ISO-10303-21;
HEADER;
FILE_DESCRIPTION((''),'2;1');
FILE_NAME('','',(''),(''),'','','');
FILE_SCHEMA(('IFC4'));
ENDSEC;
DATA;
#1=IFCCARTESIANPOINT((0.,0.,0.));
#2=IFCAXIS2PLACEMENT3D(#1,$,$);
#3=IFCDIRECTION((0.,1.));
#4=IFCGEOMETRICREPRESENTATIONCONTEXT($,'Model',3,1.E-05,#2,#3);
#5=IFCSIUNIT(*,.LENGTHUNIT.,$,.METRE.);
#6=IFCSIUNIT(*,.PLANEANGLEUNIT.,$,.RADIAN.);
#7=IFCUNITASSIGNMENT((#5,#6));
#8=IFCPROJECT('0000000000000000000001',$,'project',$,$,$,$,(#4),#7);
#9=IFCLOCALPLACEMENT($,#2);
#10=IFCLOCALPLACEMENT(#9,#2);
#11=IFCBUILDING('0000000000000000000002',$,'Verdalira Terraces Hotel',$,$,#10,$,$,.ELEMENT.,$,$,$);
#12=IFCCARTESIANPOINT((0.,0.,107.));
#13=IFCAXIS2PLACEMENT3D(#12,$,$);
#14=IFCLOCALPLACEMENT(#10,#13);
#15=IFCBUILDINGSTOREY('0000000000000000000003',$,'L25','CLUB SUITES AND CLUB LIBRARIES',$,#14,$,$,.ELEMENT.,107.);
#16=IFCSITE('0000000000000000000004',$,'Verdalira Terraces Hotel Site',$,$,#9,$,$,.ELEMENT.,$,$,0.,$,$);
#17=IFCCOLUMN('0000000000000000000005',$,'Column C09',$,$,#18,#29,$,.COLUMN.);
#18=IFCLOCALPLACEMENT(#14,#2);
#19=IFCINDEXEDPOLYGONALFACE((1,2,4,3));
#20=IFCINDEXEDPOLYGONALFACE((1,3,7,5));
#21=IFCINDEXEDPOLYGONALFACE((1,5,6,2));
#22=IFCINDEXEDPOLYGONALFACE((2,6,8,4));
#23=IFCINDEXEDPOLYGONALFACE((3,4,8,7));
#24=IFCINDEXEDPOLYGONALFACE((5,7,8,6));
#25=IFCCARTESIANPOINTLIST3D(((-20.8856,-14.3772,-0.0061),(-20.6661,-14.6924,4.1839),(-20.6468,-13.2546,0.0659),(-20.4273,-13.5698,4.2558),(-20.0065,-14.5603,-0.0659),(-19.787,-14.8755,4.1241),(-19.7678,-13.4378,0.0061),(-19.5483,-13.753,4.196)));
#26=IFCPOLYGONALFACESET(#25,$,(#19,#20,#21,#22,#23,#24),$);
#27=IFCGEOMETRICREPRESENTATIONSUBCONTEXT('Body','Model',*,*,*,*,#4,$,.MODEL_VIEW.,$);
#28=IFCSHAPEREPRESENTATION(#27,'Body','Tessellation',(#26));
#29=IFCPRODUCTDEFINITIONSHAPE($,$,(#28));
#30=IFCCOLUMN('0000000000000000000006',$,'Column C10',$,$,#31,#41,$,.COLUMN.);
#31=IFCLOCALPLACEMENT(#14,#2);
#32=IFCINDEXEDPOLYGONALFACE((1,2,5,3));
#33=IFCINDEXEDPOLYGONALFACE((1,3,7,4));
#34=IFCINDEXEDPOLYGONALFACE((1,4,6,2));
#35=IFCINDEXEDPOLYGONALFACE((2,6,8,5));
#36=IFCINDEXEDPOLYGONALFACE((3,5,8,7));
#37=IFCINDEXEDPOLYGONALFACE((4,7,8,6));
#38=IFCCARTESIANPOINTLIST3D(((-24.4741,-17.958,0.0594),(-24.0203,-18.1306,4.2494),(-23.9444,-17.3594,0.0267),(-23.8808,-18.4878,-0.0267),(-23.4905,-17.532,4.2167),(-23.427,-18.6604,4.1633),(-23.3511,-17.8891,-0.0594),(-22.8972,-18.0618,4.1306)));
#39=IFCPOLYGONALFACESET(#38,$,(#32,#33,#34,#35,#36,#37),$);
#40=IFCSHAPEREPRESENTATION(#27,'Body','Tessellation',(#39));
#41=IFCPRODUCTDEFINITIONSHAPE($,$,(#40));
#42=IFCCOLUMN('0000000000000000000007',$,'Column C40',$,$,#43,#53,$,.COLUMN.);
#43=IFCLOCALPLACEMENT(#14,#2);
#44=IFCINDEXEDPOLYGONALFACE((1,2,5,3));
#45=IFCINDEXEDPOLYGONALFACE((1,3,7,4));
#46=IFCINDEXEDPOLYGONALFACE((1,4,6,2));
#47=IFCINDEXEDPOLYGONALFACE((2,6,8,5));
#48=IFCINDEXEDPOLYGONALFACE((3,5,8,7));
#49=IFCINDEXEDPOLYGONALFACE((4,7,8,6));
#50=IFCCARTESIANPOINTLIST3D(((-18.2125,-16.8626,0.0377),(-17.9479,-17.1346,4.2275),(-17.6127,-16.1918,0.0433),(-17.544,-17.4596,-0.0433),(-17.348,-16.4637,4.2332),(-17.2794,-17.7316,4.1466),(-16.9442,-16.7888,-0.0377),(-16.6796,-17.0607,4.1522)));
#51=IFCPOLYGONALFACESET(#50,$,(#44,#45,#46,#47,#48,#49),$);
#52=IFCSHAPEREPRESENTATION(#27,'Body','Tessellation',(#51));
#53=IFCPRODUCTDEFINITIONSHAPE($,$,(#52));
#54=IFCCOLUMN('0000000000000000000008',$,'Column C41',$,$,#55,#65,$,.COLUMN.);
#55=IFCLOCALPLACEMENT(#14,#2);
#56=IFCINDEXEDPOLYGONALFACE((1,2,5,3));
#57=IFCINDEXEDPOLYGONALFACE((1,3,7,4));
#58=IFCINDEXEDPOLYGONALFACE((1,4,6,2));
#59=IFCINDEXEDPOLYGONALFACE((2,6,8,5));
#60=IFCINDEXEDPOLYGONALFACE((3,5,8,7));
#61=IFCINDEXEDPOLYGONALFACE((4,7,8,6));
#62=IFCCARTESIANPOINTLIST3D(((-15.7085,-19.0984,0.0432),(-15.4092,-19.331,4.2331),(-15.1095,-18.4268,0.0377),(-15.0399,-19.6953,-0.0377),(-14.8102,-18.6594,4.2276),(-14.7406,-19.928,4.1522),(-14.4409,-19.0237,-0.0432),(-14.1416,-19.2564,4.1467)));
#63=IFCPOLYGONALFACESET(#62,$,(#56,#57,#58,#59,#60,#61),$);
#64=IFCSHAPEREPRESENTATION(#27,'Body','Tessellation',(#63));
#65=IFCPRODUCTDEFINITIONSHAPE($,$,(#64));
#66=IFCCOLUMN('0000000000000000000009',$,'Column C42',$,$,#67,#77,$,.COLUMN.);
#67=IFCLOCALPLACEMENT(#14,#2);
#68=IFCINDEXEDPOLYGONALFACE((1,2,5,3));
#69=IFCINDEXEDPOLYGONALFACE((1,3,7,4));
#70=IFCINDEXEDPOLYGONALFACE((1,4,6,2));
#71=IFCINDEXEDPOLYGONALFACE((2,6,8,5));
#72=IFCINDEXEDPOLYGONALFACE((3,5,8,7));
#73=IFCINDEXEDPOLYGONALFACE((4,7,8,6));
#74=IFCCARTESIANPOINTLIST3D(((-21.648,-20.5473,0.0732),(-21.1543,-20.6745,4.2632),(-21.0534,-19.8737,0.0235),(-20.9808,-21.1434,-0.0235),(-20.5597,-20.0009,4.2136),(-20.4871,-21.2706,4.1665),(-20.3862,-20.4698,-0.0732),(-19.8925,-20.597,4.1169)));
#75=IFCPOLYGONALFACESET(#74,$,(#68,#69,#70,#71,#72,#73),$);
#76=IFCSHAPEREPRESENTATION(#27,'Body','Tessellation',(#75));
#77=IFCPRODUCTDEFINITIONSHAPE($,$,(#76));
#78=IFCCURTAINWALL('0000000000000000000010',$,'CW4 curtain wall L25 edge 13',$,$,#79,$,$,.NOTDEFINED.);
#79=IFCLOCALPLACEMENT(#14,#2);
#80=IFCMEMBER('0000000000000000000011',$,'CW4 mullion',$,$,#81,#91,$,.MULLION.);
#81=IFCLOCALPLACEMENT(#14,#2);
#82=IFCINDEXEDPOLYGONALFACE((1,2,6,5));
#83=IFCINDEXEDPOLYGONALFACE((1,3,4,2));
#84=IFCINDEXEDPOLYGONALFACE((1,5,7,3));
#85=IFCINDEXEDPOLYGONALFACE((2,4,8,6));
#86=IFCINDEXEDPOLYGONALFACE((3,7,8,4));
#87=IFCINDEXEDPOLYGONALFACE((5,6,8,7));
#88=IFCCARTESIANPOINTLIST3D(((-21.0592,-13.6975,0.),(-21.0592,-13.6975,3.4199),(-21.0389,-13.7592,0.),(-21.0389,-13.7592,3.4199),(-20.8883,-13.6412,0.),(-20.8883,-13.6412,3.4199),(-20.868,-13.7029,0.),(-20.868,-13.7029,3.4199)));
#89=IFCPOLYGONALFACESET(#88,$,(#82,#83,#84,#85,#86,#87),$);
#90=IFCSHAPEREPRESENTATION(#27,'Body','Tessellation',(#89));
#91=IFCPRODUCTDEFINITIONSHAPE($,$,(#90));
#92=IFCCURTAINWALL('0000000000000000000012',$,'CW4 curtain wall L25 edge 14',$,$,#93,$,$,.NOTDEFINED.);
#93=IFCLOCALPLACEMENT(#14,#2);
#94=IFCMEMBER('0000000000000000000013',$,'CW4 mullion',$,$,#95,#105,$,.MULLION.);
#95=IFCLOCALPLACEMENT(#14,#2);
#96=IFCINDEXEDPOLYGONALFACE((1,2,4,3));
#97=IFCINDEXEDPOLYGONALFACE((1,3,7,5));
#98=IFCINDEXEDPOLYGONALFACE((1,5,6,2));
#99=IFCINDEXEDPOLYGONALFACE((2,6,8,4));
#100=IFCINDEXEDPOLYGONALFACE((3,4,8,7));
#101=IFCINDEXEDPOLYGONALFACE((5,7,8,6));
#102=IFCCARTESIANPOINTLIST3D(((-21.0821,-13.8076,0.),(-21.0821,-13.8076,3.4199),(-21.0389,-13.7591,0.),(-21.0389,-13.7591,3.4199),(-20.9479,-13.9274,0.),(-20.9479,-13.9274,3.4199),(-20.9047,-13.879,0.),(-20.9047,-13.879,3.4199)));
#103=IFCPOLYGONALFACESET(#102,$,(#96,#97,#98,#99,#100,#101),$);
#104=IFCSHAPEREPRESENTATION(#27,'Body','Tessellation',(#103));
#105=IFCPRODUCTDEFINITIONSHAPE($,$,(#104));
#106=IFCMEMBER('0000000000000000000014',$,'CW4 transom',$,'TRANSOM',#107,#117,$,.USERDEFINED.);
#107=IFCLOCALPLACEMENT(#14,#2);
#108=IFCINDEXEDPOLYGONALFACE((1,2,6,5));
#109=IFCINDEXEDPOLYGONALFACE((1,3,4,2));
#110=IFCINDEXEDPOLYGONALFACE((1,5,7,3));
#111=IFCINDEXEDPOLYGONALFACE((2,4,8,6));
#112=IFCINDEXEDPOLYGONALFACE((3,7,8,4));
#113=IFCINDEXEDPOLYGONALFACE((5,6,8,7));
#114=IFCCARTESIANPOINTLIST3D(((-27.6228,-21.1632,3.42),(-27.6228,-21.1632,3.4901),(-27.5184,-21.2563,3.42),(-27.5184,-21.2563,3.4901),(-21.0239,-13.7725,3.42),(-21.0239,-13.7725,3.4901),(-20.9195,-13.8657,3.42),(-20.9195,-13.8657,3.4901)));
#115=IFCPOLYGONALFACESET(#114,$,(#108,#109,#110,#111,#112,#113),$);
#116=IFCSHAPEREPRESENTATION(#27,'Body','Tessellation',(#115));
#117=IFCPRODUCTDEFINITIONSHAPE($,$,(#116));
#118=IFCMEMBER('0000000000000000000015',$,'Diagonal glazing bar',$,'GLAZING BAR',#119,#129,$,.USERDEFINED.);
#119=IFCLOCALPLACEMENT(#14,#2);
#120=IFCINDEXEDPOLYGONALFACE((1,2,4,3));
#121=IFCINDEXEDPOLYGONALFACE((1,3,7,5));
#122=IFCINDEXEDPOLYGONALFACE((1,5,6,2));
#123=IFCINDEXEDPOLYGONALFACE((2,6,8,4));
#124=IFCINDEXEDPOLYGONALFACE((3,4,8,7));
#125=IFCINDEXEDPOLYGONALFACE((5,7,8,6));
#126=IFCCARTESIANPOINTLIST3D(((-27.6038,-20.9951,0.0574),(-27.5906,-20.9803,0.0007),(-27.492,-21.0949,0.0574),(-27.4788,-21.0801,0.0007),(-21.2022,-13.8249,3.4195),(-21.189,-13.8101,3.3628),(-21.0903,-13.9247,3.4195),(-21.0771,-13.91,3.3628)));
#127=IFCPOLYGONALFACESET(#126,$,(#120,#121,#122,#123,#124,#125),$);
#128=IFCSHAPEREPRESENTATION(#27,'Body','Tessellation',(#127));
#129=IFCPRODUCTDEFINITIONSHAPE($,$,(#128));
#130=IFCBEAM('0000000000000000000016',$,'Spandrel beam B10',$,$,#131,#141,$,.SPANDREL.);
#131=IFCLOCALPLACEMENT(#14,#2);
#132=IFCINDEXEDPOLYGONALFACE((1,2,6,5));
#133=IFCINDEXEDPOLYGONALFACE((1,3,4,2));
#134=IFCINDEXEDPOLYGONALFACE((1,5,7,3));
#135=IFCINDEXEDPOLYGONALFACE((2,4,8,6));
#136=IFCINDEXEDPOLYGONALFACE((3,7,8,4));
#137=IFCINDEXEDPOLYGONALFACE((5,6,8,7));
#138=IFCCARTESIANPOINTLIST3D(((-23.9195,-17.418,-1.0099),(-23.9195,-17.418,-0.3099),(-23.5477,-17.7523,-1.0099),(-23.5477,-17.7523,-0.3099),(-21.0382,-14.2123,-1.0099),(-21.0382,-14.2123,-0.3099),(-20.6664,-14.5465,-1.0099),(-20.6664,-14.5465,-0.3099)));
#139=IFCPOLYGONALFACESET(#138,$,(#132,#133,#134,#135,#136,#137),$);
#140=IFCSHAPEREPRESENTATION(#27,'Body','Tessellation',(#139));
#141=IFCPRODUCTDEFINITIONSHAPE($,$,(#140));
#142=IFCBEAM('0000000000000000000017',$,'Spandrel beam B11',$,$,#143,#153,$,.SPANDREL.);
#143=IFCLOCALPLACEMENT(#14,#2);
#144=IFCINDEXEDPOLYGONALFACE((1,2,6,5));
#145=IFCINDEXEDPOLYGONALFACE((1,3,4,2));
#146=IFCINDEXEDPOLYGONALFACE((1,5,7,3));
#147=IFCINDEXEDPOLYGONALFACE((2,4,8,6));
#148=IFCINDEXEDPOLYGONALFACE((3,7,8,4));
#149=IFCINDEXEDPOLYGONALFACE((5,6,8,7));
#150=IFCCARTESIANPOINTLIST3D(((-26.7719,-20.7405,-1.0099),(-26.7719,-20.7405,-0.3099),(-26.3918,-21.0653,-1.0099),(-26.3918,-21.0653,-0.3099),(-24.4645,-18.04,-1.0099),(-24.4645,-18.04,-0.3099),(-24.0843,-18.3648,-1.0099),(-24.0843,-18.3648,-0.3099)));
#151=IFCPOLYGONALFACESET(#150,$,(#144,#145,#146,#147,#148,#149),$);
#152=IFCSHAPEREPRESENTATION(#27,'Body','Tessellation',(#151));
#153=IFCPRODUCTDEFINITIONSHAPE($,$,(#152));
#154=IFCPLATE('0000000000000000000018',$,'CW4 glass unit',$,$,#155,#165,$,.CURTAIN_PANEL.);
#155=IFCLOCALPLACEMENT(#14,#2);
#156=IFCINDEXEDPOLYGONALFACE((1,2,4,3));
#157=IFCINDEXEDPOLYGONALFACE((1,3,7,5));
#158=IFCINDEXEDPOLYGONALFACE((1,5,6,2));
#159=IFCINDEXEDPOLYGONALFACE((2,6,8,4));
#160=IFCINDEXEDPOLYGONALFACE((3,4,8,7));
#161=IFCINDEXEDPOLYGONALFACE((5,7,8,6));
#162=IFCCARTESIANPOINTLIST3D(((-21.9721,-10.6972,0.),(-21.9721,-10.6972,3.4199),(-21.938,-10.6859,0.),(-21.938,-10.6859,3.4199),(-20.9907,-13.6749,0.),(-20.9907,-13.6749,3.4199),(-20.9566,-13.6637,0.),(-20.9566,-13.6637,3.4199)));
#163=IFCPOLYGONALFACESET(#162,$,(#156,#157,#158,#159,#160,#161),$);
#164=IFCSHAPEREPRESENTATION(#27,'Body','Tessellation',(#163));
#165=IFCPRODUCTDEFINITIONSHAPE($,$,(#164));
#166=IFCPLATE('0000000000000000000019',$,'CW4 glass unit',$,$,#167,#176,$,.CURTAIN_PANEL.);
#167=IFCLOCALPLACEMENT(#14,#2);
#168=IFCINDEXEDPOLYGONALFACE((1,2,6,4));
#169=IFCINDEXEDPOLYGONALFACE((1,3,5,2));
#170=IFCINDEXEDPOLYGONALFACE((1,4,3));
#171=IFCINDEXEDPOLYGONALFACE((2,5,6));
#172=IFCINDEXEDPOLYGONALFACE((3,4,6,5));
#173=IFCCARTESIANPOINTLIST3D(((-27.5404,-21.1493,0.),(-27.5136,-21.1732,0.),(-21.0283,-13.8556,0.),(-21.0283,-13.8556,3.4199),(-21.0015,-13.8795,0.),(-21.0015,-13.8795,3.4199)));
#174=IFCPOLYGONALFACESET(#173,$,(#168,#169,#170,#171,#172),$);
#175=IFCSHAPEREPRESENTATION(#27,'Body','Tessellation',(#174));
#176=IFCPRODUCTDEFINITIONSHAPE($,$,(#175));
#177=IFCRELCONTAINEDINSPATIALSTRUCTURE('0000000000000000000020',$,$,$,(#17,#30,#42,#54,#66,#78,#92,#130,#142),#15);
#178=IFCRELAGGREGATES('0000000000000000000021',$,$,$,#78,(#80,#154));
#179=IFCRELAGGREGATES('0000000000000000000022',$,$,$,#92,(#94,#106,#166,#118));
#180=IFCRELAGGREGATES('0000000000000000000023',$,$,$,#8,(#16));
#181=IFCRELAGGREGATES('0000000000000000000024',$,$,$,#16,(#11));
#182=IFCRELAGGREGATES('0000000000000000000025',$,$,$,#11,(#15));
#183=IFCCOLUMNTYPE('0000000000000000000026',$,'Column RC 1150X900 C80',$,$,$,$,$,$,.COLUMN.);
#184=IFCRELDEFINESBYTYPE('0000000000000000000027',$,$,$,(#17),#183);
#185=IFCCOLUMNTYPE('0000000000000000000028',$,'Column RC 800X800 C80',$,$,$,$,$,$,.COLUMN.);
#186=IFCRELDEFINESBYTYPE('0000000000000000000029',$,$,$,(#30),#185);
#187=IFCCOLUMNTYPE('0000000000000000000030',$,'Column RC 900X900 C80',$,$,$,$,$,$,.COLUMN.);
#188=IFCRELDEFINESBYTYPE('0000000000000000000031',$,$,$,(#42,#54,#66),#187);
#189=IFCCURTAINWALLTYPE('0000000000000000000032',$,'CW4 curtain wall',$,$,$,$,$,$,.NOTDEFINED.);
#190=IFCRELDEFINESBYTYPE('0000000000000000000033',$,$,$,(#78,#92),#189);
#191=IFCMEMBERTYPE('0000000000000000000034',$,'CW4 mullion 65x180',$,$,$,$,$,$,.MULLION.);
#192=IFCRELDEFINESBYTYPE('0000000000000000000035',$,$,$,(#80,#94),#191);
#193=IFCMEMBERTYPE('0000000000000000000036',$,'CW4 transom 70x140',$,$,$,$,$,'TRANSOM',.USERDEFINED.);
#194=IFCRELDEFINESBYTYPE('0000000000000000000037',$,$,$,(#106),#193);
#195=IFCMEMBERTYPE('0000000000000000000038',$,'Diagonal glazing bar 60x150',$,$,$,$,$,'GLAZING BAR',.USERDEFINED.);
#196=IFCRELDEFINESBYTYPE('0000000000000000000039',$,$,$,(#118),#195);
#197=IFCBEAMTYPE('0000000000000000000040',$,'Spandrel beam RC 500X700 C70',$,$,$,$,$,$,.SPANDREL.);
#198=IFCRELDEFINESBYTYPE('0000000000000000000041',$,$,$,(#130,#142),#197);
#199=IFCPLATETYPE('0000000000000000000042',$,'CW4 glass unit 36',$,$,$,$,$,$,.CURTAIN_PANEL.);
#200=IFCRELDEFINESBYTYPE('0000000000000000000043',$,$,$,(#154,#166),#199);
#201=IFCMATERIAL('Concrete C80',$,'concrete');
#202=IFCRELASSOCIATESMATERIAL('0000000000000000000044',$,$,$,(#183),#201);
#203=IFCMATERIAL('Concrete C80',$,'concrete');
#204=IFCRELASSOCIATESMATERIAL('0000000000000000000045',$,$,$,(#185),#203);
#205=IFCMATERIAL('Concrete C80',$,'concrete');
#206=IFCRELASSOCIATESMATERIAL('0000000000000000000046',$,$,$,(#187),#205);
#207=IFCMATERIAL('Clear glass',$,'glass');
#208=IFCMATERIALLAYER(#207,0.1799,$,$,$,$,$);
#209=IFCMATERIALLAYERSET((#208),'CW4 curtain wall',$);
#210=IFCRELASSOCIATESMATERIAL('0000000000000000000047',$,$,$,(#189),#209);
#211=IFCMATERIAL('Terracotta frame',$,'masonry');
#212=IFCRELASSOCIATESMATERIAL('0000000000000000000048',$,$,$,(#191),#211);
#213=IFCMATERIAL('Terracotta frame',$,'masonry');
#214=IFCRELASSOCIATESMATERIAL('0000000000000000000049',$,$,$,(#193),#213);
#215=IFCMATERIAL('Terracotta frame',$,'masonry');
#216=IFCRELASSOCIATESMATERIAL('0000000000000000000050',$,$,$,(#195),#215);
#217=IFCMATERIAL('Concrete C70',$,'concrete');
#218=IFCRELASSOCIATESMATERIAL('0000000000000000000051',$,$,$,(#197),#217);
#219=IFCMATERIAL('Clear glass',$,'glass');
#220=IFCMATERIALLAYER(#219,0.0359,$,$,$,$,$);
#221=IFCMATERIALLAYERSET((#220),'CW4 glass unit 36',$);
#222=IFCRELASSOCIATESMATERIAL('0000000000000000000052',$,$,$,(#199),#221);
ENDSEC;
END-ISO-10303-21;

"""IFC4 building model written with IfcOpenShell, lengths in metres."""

from ifc_helpers import new_model, si_unit, direction, frame, origin, origin_2d, place, context, subcontext, project, spatial, polyline, rectangle, outline, extrude, material, layer, layer_set, material_profile, profile_set, type_object, element, aggregate, save


model = new_model("IFC4")

# Units and contexts
model_context = context("Model", 3, precision=1e-05, world=origin(), true_north=direction((0.0, 1.0)))
body_context = subcontext(model_context, "Body", "Model", "MODEL_VIEW")
ifc_project = project(units=[si_unit("LENGTHUNIT", "METRE"), si_unit("PLANEANGLEUNIT", "RADIAN")], contexts=[model_context])

# Site, building, storey
site_placement = place(None, origin())
site = spatial("IfcSite", under=ifc_project, at=site_placement, Name="Verdalira Terraces Hotel Site", CompositionType="ELEMENT", RefElevation=0.0)
building_placement = place(site_placement, origin())
building = spatial("IfcBuilding", under=site, at=building_placement, Name="Verdalira Terraces Hotel", CompositionType="ELEMENT")
storey_placement = place(building_placement, frame((0.0, 0.0, 107.0)))
storey = spatial("IfcBuildingStorey", under=building, at=storey_placement, Name="L25", Description="CLUB SUITES AND CLUB LIBRARIES", CompositionType="ELEMENT", Elevation=107.0)

# Columns
ifc_material_1 = material(Name="Concrete C80", Category="concrete")
ifc_material_profile_1 = material_profile(ifc_material_1, rectangle(XDim=1.1499, YDim=0.8999, at=origin_2d()), Name="RC 1150X900")
ifc_profile_set_1 = profile_set([ifc_material_profile_1], Name="Concrete C80")
column_type_1 = type_object("IfcColumnType", Name="Column RC 1150X900 C80", PredefinedType="COLUMN", material=ifc_profile_set_1)
column_1_placement = place(storey_placement, frame((-20.3267, -13.9075, 0.0), z_axis=(0.052164, -0.07491, 0.995825), x_axis=(0.207629, 0.976205, 0.062558)))
element("IfcColumn", 1, at=column_1_placement, inside=storey, type_object=column_type_1, Name="Column C09", PredefinedType="COLUMN", context=body_context, shape_type="SweptSolid", body=[
    extrude(rectangle(XDim=1.1499, YDim=0.8999, at=origin_2d()), origin(), (0.0, 0.0, 1.0), 4.2075),
])
ifc_material_2 = material(Name="Concrete C80", Category="concrete")
ifc_material_profile_2 = material_profile(ifc_material_2, rectangle(XDim=0.8, YDim=0.8, at=origin_2d()), Name="RC 800X800")
ifc_profile_set_2 = profile_set([ifc_material_profile_2], Name="Concrete C80")
column_type_2 = type_object("IfcColumnType", Name="Column RC 800X800 C80", PredefinedType="COLUMN", material=ifc_profile_set_2)
column_2_placement = place(storey_placement, frame((-23.9126, -17.9236, 0.0), z_axis=(0.107601, -0.040922, 0.993352), x_axis=(-0.662156, -0.748249, 0.040901)))
element("IfcColumn", 2, at=column_2_placement, inside=storey, type_object=column_type_2, Name="Column C10", PredefinedType="COLUMN", context=body_context, shape_type="SweptSolid", body=[
    extrude(rectangle(XDim=0.8, YDim=0.8, at=origin_2d()), origin(), (0.0, 0.0, 1.0), 4.218),
])
ifc_material_3 = material(Name="Concrete C80", Category="concrete")
ifc_material_profile_3 = material_profile(ifc_material_3, rectangle(XDim=0.8999, YDim=0.8999, at=origin_2d()), Name="RC 900X900")
ifc_profile_set_3 = profile_set([ifc_material_profile_3], Name="Concrete C80")
column_type_3 = type_object("IfcColumnType", Name="Column RC 900X900 C80", PredefinedType="COLUMN", material=ifc_profile_set_3)
for number, where, z_axis, x_axis, name in (
    (3, (-17.5784, -16.8257, 0.0), (0.062905, -0.064646, 0.995924), (-0.666531, -0.745451, -0.006288), "Column C40"),
    (4, (-15.0747, -19.061, 0.0), (0.071146, -0.055304, 0.995932), (-0.665582, -0.7463, 0.006105), "Column C41"),
):
    element("IfcColumn", number, at=place(storey_placement, frame(where, z_axis=z_axis, x_axis=x_axis)), inside=storey, type_object=column_type_3, Name=name, PredefinedType="COLUMN", context=body_context, shape_type="SweptSolid", body=[
        extrude(rectangle(XDim=0.8999, YDim=0.8999, at=origin_2d()), origin(), (0.0, 0.0, 1.0), 4.207),
    ])
column_3_placement = place(storey_placement, frame((-21.0171, -20.5085, 0.0), z_axis=(0.116956, -0.030136, 0.99268), x_axis=(-0.66076, -0.748571, 0.055125)))
element("IfcColumn", 5, at=column_3_placement, inside=storey, type_object=column_type_3, Name="Column C42", PredefinedType="COLUMN", context=body_context, shape_type="SweptSolid", body=[
    extrude(rectangle(XDim=0.8999, YDim=0.8999, at=origin_2d()), origin(), (0.0, 0.0, 1.0), 4.2209),
])

# Curtain wall, member
ifc_material_4 = material(Name="Clear glass", Category="glass")
ifc_layer_1 = layer(ifc_material_4, 0.1799)
ifc_layer_set_1 = layer_set([ifc_layer_1], Name="CW4 curtain wall")
curtain_wall_type = type_object("IfcCurtainWallType", Name="CW4 curtain wall", PredefinedType="NOTDEFINED", material=ifc_layer_set_1)
curtain_wall_1_placement = place(storey_placement, origin())
curtain_wall_1 = element("IfcCurtainWall", 6, at=curtain_wall_1_placement, inside=storey, type_object=curtain_wall_type, Name="CW4 curtain wall L25 edge 13", PredefinedType="NOTDEFINED")
ifc_material_5 = material(Name="Terracotta frame", Category="masonry")
ifc_material_profile_4 = material_profile(ifc_material_5, rectangle(XDim=0.0649, YDim=0.1799, at=origin_2d()), Name="MU 65x180")
ifc_profile_set_4 = profile_set([ifc_material_profile_4], Name="Terracotta frame")
member_type_1 = type_object("IfcMemberType", Name="CW4 mullion 65x180", PredefinedType="MULLION", material=ifc_profile_set_4)
member_1_placement = place(storey_placement, frame((-20.9636, -13.7002, 0.0), z_axis=(0.0, 0.0, 1.0), x_axis=(0.312998, -0.949754, 0.0)))
member_1 = element("IfcMember", 7, at=member_1_placement, type_object=member_type_1, Name="CW4 mullion", PredefinedType="MULLION", context=body_context, shape_type="SweptSolid", body=[
    extrude(rectangle(XDim=0.0649, YDim=0.1799, at=origin_2d()), origin(), (0.0, 0.0, 1.0), 3.4199),
])

# Curtain wall, members
curtain_wall_2_placement = place(storey_placement, origin())
curtain_wall_2 = element("IfcCurtainWall", 8, at=curtain_wall_2_placement, inside=storey, type_object=curtain_wall_type, Name="CW4 curtain wall L25 edge 14", PredefinedType="NOTDEFINED")
member_2_placement = place(storey_placement, frame((-20.9934, -13.8433, 0.0), z_axis=(0.0, 0.0, 1.0), x_axis=(-0.666012, -0.745941, 0.0)))
member_2 = element("IfcMember", 9, at=member_2_placement, type_object=member_type_1, Name="CW4 mullion", PredefinedType="MULLION", context=body_context, shape_type="SweptSolid", body=[
    extrude(rectangle(XDim=0.0649, YDim=0.1799, at=origin_2d()), origin(), (0.0, 0.0, 1.0), 3.4199),
])
ifc_material_6 = material(Name="Terracotta frame", Category="masonry")
ifc_material_profile_5 = material_profile(ifc_material_6, rectangle(XDim=0.1399, YDim=0.0701, at=origin_2d()), Name="TR 70x140")
ifc_profile_set_5 = profile_set([ifc_material_profile_5], Name="Terracotta frame")
member_type_2 = type_object("IfcMemberType", Name="CW4 transom 70x140", ElementType="TRANSOM", PredefinedType="USERDEFINED", material=ifc_profile_set_5)
member_3_placement = place(storey_placement, frame((-20.9717, -13.8191, 3.4551), z_axis=(-0.666022, -0.745932, 0.0), x_axis=(0.745932, -0.666022, 0.0)))
member_3 = element("IfcMember", 10, at=member_3_placement, type_object=member_type_2, Name="CW4 transom", ObjectType="TRANSOM", PredefinedType="USERDEFINED", context=body_context, shape_type="SweptSolid", body=[
    extrude(rectangle(XDim=0.1399, YDim=0.0701, at=origin_2d()), origin(), (0.0, 0.0, 1.0), 9.908),
])
ifc_material_7 = material(Name="Terracotta frame", Category="masonry")
ifc_material_profile_6 = material_profile(ifc_material_7, rectangle(XDim=0.1499, YDim=0.0601, at=origin_2d()), Name="GB 60x150")
ifc_profile_set_6 = profile_set([ifc_material_profile_6], Name="Terracotta frame")
member_type_3 = type_object("IfcMemberType", Name="Diagonal glazing bar 60x150", ElementType="GLAZING BAR", PredefinedType="USERDEFINED", material=ifc_profile_set_6)
member_4_placement = place(storey_placement, frame((-21.1396, -13.8674, 3.3911), z_axis=(-0.628651, -0.704125, -0.330161), x_axis=(0.745954, -0.665997, 0.0)))
member_4 = element("IfcMember", 11, at=member_4_placement, type_object=member_type_3, Name="Diagonal glazing bar", ObjectType="GLAZING BAR", PredefinedType="USERDEFINED", context=body_context, shape_type="SweptSolid", body=[
    extrude(rectangle(XDim=0.1499, YDim=0.0601, at=origin_2d()), origin(), (0.0, 0.0, 1.0), 10.1831),
])

# Beams
ifc_material_8 = material(Name="Concrete C70", Category="concrete")
ifc_material_profile_7 = material_profile(ifc_material_8, rectangle(XDim=0.5, YDim=0.7, at=origin_2d()), Name="RC 500X700")
ifc_profile_set_7 = profile_set([ifc_material_profile_7], Name="Concrete C70")
beam_type = type_object("IfcBeamType", Name="Spandrel beam RC 500X700 C70", PredefinedType="SPANDREL", material=ifc_profile_set_7)
beam_1_placement = place(storey_placement, frame((-20.8523, -14.3794, -0.6599), z_axis=(-0.668467, -0.743742, 0.0), x_axis=(0.743742, -0.668467, 0.0)))
element("IfcBeam", 12, at=beam_1_placement, inside=storey, type_object=beam_type, Name="Spandrel beam B10", PredefinedType="SPANDREL", context=body_context, shape_type="SweptSolid", body=[
    extrude(rectangle(XDim=0.5, YDim=0.7, at=origin_2d()), origin(), (0.0, 0.0, 1.0), 4.3103),
])
beam_2_placement = place(storey_placement, frame((-24.2744, -18.2024, -0.6599), z_axis=(-0.649608, -0.76027, 0.0), x_axis=(0.76027, -0.649608, 0.0)))
element("IfcBeam", 13, at=beam_2_placement, inside=storey, type_object=beam_type, Name="Spandrel beam B11", PredefinedType="SPANDREL", context=body_context, shape_type="SweptSolid", body=[
    extrude(rectangle(XDim=0.5, YDim=0.7, at=origin_2d()), origin(), (0.0, 0.0, 1.0), 3.552),
])

# Plates
ifc_material_9 = material(Name="Clear glass", Category="glass")
ifc_layer_2 = layer(ifc_material_9, 0.0359)
ifc_layer_set_2 = layer_set([ifc_layer_2], Name="CW4 glass unit 36")
plate_type = type_object("IfcPlateType", Name="CW4 glass unit 36", PredefinedType="CURTAIN_PANEL", material=ifc_layer_set_2)
plate_1_placement = place(storey_placement, frame((-21.4644, -12.1804, 0.0), z_axis=(0.0, 0.0, 1.0), x_axis=(0.312998, -0.949754, 0.0)))
plate_1 = element("IfcPlate", 14, at=plate_1_placement, type_object=plate_type, Name="CW4 glass unit", PredefinedType="CURTAIN_PANEL", context=body_context, shape_type="SweptSolid", body=[
    extrude(rectangle(XDim=3.1353, YDim=0.0359, at=origin_2d()), origin(), (0.0, 0.0, 1.0), 3.4199),
])
aggregate(curtain_wall_1, [member_1, plate_1])
plate_2_placement = place(storey_placement, frame((-24.2576, -17.5264, 1.71), z_axis=(-0.745941, 0.666012, 0.0), x_axis=(-0.666012, -0.745941, 0.0)))
plate_2 = element("IfcPlate", 15, at=plate_2_placement, type_object=plate_type, Name="CW4 glass unit", PredefinedType="CURTAIN_PANEL", context=body_context, shape_type="SweptSolid", body=[
    extrude(outline(polyline([(-4.8889, -1.71), (4.8889, -1.71), (-4.8889, 1.71), (-4.8889, -1.71)])), origin(), (0.0, 0.0, 1.0), 0.0359),
])
aggregate(curtain_wall_2, [member_2, member_3, plate_2, member_4])

save(model, "model.ifc")
